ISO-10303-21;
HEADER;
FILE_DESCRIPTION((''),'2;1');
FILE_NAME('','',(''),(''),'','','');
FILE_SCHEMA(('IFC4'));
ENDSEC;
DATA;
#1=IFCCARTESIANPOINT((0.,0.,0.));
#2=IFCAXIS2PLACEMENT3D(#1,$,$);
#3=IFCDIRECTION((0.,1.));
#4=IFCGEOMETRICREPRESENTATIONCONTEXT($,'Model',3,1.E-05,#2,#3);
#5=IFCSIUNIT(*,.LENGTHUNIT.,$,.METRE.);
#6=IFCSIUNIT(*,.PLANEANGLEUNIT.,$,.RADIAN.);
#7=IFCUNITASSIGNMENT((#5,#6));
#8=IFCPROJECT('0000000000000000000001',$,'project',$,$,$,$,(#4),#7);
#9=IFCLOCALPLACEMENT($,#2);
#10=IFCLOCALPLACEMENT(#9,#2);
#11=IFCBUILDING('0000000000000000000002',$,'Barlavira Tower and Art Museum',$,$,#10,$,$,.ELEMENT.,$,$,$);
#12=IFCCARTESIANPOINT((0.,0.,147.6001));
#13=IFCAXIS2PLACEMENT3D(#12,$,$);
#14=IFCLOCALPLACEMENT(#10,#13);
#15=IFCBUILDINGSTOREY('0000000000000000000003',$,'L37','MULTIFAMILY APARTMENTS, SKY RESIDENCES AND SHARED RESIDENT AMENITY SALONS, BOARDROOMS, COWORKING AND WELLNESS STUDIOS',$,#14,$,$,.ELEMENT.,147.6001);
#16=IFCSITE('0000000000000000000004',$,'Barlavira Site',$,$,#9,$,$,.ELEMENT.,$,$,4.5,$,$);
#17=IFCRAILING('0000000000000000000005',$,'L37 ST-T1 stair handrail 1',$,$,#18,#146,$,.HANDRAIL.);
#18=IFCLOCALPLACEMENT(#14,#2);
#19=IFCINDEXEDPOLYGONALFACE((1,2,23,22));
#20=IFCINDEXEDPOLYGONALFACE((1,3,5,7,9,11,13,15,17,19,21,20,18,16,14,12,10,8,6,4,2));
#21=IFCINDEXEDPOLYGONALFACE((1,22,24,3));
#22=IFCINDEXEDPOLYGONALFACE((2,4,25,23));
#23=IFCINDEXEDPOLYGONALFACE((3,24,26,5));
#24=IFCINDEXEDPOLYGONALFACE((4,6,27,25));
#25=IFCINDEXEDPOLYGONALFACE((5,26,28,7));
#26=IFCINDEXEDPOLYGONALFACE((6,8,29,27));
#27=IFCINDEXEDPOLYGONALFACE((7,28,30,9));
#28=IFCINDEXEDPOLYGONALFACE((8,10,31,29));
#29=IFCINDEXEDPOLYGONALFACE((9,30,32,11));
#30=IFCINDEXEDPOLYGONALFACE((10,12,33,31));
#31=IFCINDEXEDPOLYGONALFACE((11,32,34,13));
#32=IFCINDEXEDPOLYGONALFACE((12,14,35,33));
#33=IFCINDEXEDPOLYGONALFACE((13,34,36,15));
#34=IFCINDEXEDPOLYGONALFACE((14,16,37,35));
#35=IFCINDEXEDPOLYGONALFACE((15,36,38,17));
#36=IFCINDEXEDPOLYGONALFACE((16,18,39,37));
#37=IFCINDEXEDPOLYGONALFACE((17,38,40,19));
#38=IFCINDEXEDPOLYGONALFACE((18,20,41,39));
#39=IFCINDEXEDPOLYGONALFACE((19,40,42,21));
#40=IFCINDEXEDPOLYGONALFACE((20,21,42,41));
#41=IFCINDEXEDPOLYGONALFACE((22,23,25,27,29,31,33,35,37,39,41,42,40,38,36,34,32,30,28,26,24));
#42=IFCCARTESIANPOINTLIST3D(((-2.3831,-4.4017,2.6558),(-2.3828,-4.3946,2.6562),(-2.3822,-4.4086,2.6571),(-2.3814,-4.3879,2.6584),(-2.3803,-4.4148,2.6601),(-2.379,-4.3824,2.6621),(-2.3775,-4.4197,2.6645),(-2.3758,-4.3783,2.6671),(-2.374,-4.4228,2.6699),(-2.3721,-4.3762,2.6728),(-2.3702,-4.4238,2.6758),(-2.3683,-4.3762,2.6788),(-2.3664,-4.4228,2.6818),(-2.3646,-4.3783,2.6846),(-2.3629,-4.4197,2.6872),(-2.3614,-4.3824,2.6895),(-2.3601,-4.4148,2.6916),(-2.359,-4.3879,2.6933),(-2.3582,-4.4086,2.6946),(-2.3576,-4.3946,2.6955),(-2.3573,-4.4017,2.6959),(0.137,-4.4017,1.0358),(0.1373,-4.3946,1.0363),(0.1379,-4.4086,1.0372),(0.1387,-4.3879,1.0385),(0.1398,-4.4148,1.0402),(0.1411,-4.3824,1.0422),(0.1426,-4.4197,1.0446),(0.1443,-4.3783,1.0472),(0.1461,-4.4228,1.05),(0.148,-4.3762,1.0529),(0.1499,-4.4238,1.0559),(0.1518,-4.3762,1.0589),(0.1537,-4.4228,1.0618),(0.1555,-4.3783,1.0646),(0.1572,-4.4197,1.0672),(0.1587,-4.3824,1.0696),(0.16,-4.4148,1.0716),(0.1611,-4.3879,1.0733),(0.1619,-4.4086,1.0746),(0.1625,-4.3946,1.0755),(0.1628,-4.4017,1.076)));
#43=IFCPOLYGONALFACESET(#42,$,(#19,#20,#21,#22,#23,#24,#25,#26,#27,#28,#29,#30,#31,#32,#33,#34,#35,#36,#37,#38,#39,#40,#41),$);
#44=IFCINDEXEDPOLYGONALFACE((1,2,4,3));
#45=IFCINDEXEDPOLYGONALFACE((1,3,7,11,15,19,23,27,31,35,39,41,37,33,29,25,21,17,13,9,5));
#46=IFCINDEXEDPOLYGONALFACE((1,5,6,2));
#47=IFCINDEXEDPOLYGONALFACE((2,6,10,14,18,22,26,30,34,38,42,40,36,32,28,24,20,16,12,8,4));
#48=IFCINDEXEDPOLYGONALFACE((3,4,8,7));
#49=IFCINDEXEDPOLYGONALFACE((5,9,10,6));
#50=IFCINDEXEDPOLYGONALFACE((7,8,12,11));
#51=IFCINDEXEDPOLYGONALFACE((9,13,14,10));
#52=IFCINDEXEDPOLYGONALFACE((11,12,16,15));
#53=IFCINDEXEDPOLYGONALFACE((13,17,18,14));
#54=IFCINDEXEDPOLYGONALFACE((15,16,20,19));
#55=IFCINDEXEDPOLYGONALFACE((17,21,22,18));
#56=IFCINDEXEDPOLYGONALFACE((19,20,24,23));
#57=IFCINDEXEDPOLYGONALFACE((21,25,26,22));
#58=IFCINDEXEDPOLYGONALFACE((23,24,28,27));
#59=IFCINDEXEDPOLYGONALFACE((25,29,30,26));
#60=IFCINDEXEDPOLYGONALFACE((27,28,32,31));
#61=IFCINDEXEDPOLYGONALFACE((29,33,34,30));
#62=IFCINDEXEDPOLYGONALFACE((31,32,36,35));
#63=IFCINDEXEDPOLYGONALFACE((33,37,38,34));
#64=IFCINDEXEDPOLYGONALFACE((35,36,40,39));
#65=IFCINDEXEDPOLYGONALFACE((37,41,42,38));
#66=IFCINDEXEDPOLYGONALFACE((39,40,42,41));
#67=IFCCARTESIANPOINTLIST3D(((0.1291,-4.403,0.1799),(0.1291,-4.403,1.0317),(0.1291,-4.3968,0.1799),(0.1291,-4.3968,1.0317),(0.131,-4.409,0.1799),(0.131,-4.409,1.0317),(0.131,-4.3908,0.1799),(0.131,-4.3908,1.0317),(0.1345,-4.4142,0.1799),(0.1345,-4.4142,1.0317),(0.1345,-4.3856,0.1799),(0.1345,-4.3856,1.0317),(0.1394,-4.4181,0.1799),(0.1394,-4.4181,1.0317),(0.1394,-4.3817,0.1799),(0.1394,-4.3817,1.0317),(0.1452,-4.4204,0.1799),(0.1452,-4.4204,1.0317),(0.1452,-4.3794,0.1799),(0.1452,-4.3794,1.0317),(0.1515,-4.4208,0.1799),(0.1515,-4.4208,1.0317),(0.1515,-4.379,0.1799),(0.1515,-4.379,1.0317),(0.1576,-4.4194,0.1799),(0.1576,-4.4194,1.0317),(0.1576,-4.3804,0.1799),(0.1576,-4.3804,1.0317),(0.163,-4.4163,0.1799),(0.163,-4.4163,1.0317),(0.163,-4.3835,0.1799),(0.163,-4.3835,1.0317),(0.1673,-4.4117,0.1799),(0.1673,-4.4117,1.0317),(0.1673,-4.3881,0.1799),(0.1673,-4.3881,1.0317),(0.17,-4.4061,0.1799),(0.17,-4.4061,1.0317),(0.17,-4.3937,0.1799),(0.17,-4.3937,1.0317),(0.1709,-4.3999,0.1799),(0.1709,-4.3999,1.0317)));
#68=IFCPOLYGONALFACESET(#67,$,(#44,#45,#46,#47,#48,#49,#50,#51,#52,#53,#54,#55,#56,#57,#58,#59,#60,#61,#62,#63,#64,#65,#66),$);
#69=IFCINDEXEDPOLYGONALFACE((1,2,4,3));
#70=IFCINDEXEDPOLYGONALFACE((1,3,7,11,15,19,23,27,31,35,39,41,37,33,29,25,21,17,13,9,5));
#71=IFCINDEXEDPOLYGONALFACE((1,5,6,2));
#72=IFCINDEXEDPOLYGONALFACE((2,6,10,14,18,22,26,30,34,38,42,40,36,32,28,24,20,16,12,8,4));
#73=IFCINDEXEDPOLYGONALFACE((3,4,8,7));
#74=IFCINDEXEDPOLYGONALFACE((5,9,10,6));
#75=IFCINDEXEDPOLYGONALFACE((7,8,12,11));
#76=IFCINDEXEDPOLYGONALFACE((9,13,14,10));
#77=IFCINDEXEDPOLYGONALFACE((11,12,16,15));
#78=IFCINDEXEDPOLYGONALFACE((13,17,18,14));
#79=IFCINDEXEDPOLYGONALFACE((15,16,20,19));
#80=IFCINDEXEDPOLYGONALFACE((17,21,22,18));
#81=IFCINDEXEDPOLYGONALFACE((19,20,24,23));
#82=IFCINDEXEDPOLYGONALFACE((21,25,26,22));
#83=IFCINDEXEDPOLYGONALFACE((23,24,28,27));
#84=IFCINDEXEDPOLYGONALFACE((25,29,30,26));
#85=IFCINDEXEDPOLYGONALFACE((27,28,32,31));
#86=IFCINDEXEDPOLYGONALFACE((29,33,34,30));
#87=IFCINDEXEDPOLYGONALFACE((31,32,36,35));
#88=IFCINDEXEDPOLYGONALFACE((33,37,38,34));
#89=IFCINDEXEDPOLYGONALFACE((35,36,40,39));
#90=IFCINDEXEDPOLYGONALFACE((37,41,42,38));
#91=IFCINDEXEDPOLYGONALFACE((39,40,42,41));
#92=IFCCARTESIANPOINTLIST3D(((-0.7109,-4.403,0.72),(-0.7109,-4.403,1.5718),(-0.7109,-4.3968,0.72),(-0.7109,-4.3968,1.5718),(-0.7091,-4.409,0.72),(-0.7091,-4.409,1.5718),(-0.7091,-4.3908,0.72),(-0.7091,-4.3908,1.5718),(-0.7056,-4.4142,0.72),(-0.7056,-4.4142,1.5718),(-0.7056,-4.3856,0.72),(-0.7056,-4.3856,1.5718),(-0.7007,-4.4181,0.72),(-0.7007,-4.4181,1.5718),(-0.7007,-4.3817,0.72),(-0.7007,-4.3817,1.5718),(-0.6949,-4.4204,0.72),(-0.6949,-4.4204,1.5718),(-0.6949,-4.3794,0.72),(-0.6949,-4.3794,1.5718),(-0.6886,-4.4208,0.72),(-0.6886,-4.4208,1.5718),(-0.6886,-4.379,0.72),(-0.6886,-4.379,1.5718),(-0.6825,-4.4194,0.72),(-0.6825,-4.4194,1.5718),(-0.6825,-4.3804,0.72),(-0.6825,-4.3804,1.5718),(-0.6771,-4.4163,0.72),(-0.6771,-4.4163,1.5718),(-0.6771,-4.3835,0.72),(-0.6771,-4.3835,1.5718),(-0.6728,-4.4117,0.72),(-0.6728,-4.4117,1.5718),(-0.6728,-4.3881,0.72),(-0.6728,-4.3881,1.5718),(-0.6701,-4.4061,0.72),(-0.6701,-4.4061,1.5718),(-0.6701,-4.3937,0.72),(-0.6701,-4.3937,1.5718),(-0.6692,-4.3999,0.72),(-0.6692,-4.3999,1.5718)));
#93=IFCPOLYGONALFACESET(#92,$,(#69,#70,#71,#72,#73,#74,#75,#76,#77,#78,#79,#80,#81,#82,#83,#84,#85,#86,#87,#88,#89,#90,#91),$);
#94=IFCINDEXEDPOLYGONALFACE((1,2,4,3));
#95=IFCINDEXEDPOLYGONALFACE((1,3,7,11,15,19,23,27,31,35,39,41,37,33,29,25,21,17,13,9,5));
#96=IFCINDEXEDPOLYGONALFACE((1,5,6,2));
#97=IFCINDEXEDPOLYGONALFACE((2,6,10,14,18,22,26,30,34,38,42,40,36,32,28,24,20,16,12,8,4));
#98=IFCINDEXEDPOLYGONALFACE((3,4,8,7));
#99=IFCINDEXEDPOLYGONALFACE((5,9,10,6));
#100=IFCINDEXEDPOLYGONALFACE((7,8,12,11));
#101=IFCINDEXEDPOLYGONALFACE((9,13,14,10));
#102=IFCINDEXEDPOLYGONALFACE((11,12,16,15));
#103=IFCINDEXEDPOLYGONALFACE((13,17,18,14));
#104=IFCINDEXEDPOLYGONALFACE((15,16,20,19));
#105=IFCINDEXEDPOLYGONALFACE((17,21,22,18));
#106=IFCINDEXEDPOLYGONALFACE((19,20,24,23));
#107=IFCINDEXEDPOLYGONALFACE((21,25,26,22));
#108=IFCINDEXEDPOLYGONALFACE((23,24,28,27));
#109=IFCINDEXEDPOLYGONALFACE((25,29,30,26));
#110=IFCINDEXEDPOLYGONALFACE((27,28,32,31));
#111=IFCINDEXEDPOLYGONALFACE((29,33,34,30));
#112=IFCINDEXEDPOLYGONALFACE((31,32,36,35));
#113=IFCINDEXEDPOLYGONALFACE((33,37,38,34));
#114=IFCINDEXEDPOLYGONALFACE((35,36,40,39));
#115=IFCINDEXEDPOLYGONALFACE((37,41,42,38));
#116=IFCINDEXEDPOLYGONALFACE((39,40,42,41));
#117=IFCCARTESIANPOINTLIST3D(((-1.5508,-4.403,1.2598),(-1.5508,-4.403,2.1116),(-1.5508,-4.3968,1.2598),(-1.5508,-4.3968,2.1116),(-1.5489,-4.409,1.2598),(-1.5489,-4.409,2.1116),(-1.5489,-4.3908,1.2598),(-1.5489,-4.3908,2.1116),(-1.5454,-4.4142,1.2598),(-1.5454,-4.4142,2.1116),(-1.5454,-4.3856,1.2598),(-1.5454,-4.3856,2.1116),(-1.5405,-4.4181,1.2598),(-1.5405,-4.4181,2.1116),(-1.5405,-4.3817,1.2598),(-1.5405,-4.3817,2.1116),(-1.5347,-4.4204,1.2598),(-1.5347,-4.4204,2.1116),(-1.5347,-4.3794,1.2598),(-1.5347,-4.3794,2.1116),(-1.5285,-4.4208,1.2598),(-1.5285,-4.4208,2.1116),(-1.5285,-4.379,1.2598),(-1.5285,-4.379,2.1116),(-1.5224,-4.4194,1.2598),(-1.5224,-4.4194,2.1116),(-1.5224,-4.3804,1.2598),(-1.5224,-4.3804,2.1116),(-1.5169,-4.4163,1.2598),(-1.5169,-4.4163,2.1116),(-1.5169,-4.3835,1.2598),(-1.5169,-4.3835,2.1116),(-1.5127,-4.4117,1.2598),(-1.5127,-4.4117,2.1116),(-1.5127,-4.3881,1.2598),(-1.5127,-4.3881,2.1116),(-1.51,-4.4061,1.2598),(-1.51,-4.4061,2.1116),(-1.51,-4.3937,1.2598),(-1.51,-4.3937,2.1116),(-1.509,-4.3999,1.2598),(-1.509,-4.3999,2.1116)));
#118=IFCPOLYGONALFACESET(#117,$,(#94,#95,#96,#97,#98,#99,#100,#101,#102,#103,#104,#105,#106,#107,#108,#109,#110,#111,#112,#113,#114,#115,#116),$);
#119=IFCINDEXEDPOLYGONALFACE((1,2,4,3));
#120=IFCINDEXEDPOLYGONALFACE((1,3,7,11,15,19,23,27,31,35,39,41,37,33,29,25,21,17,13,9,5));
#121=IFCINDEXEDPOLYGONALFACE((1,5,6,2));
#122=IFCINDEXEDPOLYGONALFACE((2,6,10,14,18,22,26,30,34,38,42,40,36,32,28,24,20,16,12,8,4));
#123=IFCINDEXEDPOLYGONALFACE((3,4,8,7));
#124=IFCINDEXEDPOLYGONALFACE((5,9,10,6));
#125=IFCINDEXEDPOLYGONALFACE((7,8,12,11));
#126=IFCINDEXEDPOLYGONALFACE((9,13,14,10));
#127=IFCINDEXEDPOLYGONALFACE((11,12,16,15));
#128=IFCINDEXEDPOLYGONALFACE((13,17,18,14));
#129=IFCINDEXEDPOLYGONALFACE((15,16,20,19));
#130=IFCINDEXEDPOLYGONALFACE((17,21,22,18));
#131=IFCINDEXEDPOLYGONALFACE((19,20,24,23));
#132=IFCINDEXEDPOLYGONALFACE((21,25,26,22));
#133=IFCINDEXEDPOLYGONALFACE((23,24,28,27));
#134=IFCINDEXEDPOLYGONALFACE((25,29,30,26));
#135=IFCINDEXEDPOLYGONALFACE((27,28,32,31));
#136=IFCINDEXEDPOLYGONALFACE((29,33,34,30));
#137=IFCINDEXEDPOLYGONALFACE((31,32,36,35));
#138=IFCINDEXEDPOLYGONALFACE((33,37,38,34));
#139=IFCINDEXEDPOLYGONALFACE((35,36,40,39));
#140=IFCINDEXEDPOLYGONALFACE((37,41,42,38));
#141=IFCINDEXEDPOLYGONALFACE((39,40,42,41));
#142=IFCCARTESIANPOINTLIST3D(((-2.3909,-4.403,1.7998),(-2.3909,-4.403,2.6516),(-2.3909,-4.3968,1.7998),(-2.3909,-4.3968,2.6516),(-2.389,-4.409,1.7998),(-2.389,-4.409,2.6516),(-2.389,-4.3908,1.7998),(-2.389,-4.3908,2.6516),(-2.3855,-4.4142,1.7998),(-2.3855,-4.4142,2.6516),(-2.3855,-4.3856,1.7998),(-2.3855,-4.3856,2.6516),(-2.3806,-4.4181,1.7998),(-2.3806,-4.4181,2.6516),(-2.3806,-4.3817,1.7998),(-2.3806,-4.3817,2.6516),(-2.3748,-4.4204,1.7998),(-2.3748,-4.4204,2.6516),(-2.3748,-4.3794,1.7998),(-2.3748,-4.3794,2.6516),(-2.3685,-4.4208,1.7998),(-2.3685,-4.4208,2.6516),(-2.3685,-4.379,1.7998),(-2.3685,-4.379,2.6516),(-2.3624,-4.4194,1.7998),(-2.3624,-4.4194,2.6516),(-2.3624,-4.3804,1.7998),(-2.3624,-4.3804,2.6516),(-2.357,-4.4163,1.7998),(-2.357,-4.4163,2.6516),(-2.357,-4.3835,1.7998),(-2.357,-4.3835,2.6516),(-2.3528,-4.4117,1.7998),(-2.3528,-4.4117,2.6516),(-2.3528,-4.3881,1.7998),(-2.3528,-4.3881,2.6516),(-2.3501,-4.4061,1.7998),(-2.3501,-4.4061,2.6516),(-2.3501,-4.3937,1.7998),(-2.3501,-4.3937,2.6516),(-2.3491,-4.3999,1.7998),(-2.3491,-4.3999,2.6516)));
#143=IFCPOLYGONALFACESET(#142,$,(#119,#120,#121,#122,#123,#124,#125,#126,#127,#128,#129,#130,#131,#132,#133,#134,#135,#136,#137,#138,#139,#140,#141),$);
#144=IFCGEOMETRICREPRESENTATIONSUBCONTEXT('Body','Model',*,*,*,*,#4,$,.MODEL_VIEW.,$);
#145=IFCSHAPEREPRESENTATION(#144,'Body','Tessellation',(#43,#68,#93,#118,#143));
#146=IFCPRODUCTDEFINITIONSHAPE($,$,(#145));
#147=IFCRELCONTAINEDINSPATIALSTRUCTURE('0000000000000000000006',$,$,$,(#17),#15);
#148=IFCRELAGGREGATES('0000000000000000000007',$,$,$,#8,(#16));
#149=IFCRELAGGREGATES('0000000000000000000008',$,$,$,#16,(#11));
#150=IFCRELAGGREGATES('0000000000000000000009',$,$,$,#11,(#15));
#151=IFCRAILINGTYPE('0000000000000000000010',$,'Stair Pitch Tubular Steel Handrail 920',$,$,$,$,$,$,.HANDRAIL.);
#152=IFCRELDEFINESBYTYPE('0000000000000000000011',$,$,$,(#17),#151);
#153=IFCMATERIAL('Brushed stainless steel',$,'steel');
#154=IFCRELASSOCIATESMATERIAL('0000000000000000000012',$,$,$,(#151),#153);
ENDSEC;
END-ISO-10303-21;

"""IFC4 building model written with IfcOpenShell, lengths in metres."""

from ifc_helpers import new_model, si_unit, direction, frame, origin, origin_2d, place, context, subcontext, project, spatial, circle, extrude, material, type_object, element, save


model = new_model("IFC4")

# Units and contexts
model_context = context("Model", 3, precision=1e-05, world=origin(), true_north=direction((0.0, 1.0)))
body_context = subcontext(model_context, "Body", "Model", "MODEL_VIEW")
ifc_project = project(units=[si_unit("LENGTHUNIT", "METRE"), si_unit("PLANEANGLEUNIT", "RADIAN")], contexts=[model_context])

# Site, building, storey
site_placement = place(None, origin())
site = spatial("IfcSite", under=ifc_project, at=site_placement, Name="Barlavira Site", CompositionType="ELEMENT", RefElevation=4.5)
building_placement = place(site_placement, origin())
building = spatial("IfcBuilding", under=site, at=building_placement, Name="Barlavira Tower and Art Museum", CompositionType="ELEMENT")
storey_placement = place(building_placement, frame((0.0, 0.0, 147.6001)))
storey = spatial("IfcBuildingStorey", under=building, at=storey_placement, Name="L37", Description="MULTIFAMILY APARTMENTS, SKY RESIDENCES AND SHARED RESIDENT AMENITY SALONS, BOARDROOMS, COWORKING AND WELLNESS STUDIOS", CompositionType="ELEMENT", Elevation=147.6001)

# Shared definitions
ifc_material_1 = material(Name="Brushed stainless steel", Category="steel")

# Railing
railing_type_1 = type_object("IfcRailingType", Name="Stair Pitch Tubular Steel Handrail 920", PredefinedType="HANDRAIL", material=ifc_material_1)
railing_1_placement = place(storey_placement, frame((0.1499, -4.3999, 0.1799)))
element("IfcRailing", 1, at=railing_1_placement, inside=storey, type_object=railing_type_1, Name="L37 ST-T1 stair handrail 1", PredefinedType="HANDRAIL", context=body_context, shape_type="SweptSolid", body=[
    extrude(circle(Radius=0.0239, at=origin_2d()), frame((0.0, 0.0, 0.876), z_axis=(-0.8412, 0.0, 0.540725), x_axis=(0.0, -1.0, 0.0)), (0.0, 0.0, 1.0), 2.9958),
    extrude(circle(Radius=0.021, at=origin_2d()), origin(), (0.0, 0.0, 1.0), 0.8518),
    extrude(circle(Radius=0.021, at=origin_2d()), frame((-0.8401, 0.0, 0.54)), (0.0, 0.0, 1.0), 0.8518),
    extrude(circle(Radius=0.021, at=origin_2d()), frame((-1.6799, 0.0, 1.0798)), (0.0, 0.0, 1.0), 0.8518),
    extrude(circle(Radius=0.021, at=origin_2d()), frame((-2.52, 0.0, 1.6199)), (0.0, 0.0, 1.0), 0.8518),
])

save(model, "model.ifc")
